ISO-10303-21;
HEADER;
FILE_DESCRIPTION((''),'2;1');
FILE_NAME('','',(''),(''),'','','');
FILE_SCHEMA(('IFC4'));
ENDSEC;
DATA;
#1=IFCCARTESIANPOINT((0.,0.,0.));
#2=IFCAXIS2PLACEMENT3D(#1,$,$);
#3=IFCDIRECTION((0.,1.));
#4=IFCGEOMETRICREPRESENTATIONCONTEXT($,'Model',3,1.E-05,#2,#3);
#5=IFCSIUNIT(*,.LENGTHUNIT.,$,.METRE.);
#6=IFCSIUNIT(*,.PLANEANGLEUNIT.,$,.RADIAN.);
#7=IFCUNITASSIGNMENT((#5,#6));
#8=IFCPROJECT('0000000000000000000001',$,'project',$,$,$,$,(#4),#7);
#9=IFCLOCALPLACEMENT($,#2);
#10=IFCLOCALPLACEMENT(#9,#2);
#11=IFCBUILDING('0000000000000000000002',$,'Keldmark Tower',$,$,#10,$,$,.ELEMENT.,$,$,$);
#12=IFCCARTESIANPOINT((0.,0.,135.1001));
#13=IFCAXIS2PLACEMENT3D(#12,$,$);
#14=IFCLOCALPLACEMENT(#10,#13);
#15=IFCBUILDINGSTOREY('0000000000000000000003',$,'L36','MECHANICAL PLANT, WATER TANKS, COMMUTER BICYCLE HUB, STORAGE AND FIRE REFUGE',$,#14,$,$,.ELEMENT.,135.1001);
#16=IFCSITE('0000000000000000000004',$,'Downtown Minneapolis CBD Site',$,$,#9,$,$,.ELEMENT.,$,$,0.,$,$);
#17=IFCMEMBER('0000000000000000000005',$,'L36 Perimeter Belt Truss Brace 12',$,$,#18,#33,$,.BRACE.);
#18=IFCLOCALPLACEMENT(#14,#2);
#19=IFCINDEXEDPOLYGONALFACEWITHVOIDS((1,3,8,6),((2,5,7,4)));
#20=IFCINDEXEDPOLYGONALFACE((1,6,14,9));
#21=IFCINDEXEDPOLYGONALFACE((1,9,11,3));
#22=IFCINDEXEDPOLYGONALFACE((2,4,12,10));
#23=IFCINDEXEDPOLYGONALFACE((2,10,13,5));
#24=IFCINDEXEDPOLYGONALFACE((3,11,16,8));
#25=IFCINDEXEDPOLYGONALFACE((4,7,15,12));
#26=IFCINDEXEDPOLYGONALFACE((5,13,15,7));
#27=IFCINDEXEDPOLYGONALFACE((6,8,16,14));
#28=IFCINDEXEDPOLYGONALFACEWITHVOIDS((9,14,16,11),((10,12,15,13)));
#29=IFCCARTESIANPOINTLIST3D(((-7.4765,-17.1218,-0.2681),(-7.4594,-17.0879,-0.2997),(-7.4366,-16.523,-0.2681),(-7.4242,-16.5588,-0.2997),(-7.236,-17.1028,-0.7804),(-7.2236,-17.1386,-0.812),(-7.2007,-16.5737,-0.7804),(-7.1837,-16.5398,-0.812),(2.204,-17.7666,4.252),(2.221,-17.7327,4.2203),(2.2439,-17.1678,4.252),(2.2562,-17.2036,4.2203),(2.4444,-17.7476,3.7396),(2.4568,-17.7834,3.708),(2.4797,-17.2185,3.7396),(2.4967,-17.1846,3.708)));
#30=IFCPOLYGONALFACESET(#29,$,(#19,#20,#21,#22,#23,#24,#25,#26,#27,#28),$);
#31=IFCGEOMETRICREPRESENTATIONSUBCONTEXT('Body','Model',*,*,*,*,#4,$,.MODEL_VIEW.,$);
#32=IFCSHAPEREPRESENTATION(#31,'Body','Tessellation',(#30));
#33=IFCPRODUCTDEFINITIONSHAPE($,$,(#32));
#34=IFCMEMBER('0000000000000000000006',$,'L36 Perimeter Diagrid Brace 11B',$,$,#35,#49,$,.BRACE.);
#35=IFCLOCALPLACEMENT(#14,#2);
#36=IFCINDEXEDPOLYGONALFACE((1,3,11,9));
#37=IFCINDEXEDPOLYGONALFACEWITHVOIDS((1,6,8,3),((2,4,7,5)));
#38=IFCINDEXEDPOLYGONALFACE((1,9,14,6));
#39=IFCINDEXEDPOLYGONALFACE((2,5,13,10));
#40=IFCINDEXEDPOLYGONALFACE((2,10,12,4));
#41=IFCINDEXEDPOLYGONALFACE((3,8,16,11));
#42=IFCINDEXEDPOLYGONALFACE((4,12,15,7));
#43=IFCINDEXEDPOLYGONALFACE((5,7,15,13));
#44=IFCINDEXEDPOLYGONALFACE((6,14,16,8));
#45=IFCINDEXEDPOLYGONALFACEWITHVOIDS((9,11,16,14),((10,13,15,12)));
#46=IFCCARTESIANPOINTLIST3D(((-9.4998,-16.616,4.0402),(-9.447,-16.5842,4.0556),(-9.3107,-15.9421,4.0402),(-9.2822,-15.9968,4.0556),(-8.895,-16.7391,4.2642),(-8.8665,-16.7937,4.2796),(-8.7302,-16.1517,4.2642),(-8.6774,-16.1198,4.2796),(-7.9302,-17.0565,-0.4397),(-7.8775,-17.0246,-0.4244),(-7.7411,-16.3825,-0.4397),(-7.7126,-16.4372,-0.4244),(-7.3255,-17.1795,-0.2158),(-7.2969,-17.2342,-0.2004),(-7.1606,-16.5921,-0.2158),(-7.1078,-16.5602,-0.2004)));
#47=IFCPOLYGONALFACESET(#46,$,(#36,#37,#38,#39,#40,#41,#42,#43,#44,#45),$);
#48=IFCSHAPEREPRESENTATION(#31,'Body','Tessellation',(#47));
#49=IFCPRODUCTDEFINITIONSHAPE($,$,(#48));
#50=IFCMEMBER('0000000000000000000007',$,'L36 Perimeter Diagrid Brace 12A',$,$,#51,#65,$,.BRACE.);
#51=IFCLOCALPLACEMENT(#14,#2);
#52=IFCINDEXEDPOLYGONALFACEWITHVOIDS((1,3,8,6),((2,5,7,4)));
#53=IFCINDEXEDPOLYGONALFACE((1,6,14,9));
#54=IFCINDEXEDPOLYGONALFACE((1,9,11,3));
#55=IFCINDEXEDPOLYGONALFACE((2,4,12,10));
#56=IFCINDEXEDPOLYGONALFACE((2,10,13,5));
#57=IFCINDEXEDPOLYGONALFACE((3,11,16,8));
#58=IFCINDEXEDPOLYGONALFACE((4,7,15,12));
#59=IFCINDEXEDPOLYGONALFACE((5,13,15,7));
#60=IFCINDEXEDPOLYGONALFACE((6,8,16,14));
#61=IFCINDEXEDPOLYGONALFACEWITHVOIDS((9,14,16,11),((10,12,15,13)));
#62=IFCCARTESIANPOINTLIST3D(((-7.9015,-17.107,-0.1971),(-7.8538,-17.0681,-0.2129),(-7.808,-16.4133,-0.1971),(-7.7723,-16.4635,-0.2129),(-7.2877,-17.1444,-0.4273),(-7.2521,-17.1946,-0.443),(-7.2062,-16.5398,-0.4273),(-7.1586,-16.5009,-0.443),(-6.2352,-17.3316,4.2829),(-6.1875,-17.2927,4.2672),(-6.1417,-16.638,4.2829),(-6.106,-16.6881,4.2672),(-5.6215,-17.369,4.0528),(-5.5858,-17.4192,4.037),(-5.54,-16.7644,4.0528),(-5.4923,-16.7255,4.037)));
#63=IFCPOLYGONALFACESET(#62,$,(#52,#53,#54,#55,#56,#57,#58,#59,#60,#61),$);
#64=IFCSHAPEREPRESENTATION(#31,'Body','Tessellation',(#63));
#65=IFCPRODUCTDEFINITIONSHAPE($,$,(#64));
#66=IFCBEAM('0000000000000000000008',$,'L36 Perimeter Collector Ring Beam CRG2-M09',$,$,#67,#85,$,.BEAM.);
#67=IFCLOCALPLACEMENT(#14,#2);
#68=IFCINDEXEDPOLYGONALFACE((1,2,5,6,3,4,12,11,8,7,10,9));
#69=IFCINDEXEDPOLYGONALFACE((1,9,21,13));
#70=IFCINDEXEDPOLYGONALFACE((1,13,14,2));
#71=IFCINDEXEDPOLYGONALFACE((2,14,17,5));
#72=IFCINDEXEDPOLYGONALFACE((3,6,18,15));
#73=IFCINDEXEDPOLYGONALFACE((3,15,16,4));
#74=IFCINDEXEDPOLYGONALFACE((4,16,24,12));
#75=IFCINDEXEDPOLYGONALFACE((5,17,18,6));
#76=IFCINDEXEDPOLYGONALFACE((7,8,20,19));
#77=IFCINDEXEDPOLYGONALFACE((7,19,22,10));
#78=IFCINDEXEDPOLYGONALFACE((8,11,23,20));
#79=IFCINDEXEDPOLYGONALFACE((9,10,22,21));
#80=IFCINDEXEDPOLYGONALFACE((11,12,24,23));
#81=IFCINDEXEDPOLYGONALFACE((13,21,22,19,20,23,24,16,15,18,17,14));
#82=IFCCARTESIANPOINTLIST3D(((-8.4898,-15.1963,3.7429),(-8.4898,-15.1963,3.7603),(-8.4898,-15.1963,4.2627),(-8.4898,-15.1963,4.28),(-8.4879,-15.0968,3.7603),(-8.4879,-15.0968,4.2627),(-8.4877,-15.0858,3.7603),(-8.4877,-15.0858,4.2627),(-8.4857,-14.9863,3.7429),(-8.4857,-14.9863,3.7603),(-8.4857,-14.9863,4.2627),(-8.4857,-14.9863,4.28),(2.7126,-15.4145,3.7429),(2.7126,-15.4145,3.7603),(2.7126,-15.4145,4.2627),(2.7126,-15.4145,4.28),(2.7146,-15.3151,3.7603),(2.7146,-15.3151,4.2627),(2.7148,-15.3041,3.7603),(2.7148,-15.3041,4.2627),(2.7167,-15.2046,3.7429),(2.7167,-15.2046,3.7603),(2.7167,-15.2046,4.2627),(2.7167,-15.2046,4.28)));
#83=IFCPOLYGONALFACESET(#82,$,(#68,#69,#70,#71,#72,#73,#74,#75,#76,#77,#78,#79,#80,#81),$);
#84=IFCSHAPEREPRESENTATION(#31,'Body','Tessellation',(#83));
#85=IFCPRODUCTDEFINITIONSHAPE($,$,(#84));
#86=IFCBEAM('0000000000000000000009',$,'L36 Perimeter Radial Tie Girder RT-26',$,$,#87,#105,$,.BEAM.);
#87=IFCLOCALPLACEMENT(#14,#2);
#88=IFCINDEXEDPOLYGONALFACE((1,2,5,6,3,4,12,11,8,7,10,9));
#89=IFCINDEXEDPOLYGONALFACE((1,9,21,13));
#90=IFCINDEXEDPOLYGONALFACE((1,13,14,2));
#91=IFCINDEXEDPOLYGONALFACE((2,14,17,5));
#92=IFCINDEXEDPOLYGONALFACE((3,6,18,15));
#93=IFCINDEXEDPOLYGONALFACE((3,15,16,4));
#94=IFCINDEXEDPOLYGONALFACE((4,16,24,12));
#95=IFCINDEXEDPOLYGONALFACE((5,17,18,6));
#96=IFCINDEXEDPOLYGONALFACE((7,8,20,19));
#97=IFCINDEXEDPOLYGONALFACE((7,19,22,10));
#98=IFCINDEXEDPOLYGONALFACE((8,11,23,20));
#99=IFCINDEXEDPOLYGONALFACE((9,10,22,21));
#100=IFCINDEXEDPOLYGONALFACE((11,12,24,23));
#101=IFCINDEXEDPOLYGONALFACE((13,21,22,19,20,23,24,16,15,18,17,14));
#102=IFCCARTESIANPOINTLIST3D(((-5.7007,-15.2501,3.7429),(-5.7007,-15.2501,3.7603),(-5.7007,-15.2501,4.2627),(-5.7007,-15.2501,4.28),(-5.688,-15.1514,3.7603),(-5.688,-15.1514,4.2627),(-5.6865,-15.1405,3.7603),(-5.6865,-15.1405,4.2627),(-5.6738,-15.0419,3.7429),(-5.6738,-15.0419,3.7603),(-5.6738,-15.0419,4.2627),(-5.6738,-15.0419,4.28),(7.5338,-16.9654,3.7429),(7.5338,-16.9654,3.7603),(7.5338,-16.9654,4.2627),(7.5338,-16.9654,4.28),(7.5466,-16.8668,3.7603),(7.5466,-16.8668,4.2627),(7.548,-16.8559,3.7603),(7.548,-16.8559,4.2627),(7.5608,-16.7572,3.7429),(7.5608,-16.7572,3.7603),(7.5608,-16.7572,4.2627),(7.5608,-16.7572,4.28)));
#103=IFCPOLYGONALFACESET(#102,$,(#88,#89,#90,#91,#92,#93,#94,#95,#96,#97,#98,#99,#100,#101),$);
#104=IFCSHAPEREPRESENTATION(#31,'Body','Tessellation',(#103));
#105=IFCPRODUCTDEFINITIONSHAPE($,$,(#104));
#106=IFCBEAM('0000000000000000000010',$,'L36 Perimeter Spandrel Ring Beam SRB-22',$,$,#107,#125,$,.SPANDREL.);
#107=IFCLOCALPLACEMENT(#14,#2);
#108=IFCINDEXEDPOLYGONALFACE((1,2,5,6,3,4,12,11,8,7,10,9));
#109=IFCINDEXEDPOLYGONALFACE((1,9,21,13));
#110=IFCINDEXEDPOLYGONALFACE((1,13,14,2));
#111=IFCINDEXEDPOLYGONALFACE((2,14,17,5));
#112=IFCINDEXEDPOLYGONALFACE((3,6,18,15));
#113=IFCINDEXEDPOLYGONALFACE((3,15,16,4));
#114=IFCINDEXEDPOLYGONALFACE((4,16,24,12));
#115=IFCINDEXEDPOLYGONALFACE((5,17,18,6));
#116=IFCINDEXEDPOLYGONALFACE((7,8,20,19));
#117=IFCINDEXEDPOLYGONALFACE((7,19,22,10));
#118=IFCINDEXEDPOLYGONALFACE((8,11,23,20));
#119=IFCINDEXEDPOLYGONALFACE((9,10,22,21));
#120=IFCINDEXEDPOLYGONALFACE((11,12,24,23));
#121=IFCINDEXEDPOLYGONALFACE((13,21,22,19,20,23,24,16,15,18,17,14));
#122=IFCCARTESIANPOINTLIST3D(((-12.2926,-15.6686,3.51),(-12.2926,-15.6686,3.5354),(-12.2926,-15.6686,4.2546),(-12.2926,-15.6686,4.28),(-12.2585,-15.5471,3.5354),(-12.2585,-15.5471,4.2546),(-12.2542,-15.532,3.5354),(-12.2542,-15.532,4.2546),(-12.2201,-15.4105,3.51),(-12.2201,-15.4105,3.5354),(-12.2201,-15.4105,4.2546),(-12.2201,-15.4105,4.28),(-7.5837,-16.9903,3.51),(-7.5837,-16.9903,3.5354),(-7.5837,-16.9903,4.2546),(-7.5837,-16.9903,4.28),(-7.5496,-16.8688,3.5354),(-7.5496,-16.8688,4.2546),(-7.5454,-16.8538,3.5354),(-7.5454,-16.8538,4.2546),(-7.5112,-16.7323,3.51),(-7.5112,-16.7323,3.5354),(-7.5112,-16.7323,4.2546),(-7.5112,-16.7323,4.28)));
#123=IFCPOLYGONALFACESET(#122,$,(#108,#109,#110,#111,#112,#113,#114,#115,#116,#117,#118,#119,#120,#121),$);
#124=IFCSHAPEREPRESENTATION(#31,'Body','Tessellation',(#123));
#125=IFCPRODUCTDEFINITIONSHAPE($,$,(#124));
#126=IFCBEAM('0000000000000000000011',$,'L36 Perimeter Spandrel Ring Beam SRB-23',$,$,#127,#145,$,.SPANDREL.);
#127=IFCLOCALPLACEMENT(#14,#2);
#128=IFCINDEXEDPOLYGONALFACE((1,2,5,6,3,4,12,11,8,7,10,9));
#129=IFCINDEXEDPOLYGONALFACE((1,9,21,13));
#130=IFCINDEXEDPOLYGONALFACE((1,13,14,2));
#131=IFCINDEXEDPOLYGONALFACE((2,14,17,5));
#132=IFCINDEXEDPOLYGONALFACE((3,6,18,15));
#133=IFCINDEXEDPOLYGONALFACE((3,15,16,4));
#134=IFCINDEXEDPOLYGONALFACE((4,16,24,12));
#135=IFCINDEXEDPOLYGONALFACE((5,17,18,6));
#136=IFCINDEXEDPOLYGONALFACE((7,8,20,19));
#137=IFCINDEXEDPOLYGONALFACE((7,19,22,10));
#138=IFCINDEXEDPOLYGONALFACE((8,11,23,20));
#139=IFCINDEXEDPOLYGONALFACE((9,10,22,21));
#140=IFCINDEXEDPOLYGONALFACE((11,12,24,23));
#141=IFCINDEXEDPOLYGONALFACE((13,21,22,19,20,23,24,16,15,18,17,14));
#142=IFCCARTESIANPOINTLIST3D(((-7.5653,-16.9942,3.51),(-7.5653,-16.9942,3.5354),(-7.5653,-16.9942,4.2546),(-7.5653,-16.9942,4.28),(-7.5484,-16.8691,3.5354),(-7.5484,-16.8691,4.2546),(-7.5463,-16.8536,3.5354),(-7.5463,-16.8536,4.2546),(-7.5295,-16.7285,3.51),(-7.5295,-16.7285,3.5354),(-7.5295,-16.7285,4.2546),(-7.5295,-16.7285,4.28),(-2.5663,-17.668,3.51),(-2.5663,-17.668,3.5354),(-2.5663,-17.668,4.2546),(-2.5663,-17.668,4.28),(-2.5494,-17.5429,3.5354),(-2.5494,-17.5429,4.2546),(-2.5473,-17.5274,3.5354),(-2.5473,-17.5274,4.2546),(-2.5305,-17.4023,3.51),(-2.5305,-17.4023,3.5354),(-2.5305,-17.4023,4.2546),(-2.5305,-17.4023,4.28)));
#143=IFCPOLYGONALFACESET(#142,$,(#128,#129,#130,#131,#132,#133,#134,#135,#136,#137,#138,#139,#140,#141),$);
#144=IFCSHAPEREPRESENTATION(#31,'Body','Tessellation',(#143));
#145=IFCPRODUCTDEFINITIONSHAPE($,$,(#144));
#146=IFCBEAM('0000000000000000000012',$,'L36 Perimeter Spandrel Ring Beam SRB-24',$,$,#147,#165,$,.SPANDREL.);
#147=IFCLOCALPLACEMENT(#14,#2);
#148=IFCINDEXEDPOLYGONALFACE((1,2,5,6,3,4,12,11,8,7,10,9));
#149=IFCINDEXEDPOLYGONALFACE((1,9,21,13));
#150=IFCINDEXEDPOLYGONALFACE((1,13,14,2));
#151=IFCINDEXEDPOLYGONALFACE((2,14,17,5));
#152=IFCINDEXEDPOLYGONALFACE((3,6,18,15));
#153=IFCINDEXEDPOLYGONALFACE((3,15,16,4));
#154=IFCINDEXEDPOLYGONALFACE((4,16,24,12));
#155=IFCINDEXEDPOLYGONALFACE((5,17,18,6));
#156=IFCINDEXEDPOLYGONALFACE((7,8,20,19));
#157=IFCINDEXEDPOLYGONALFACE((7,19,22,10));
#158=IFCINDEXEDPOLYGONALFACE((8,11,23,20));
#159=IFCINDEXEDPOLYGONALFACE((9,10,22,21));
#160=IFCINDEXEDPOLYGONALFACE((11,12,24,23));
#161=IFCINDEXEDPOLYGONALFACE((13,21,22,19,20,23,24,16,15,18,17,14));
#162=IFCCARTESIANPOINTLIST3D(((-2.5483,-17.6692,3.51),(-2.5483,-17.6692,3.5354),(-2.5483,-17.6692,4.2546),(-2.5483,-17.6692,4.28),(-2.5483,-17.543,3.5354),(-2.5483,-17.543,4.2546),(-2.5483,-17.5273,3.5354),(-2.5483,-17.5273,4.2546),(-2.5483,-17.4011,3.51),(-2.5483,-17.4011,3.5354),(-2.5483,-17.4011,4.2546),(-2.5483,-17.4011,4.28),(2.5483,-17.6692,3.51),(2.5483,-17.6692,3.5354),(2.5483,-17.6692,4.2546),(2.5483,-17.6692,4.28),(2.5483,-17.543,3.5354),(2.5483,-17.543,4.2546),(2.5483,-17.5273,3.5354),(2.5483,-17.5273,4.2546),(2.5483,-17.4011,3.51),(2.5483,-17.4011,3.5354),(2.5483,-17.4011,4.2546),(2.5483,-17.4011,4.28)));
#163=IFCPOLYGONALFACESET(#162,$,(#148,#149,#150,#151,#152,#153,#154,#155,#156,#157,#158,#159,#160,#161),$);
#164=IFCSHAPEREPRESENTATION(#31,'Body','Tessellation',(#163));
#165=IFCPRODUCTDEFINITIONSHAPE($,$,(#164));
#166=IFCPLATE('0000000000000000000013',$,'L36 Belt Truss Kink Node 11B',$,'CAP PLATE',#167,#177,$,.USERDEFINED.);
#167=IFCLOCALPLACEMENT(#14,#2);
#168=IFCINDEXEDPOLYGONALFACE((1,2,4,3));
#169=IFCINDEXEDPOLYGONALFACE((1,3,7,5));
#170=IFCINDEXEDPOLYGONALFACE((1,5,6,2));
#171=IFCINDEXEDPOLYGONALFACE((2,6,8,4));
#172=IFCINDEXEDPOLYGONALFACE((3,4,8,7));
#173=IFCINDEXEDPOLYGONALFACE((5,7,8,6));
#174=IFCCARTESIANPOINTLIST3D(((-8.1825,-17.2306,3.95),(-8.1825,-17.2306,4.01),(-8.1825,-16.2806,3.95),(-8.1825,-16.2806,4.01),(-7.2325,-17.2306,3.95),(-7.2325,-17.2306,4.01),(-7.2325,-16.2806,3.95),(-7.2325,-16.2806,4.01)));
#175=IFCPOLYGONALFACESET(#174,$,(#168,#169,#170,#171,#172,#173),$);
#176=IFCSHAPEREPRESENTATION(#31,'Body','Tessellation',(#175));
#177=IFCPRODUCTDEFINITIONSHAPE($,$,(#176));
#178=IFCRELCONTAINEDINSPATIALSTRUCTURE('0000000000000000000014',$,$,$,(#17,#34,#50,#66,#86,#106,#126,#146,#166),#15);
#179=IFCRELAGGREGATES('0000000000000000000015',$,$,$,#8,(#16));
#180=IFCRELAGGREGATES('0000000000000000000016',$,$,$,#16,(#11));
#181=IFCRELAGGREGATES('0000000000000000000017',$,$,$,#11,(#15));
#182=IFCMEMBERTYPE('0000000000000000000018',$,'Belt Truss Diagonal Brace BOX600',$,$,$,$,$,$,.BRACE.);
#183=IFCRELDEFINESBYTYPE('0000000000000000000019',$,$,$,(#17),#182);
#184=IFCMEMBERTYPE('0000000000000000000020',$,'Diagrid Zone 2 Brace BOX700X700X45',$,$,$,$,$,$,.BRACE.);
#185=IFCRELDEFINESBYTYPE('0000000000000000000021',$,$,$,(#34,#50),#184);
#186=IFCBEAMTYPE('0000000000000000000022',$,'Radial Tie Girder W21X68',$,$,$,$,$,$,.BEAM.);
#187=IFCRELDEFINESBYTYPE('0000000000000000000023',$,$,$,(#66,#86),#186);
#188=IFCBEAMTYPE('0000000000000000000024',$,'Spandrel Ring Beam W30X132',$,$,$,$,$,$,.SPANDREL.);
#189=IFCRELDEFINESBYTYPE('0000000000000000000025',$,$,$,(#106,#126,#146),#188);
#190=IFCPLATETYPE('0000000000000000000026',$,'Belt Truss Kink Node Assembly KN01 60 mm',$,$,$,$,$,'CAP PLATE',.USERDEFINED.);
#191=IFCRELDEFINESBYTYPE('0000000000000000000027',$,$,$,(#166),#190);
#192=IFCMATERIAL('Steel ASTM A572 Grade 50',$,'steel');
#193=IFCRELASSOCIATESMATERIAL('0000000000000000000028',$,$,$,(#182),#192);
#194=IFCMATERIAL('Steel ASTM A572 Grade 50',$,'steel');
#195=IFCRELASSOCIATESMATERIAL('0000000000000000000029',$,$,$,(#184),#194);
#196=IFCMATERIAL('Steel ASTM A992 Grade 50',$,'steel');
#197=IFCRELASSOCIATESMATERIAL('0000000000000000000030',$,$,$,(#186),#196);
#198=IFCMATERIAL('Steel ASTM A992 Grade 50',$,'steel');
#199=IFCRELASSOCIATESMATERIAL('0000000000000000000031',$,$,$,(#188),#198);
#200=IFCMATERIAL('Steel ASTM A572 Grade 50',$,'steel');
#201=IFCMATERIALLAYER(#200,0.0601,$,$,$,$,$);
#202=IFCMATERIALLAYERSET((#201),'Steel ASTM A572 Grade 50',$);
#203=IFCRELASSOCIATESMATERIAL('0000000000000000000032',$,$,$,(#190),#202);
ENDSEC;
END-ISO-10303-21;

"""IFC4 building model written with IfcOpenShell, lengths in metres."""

from ifc_helpers import new_model, si_unit, direction, frame, origin, origin_2d, place, context, subcontext, project, spatial, rectangle, hollow_rectangle, i_section, extrude, material, layer, layer_set, material_profile, profile_set, type_object, element, save


model = new_model("IFC4")

# Units and contexts
model_context = context("Model", 3, precision=1e-05, world=origin(), true_north=direction((0.0, 1.0)))
body_context = subcontext(model_context, "Body", "Model", "MODEL_VIEW")
ifc_project = project(units=[si_unit("LENGTHUNIT", "METRE"), si_unit("PLANEANGLEUNIT", "RADIAN")], contexts=[model_context])

# Site, building, storey
site_placement = place(None, origin())
site = spatial("IfcSite", under=ifc_project, at=site_placement, Name="Downtown Minneapolis CBD Site", CompositionType="ELEMENT", RefElevation=0.0)
building_placement = place(site_placement, origin())
building = spatial("IfcBuilding", under=site, at=building_placement, Name="Keldmark Tower", CompositionType="ELEMENT")
storey_placement = place(building_placement, frame((0.0, 0.0, 135.1001)))
storey = spatial("IfcBuildingStorey", under=building, at=storey_placement, Name="L36", Description="MECHANICAL PLANT, WATER TANKS, COMMUTER BICYCLE HUB, STORAGE AND FIRE REFUGE", CompositionType="ELEMENT", Elevation=135.1001)

# Members
ifc_material_1 = material(Name="Steel ASTM A572 Grade 50", Category="steel")
ifc_material_profile_1 = material_profile(ifc_material_1, hollow_rectangle(XDim=0.6001, YDim=0.6001, WallThickness=0.0349, at=origin_2d()), Name="BOX600X600X35")
ifc_profile_set_1 = profile_set([ifc_material_profile_1], Name="Steel ASTM A572 Grade 50")
member_type_1 = type_object("IfcMemberType", Name="Belt Truss Diagonal Brace BOX600", PredefinedType="BRACE", material=ifc_profile_set_1)
member_1_placement = place(storey_placement, frame((-7.3301, -16.8308, -0.54), z_axis=(0.904448, -0.060242, 0.422308), x_axis=(0.066459, 0.997789, 0.0)))
element("IfcMember", 1, at=member_1_placement, inside=storey, type_object=member_type_1, Name="L36 Perimeter Belt Truss Brace 12", PredefinedType="BRACE", context=body_context, shape_type="SweptSolid", body=[
    extrude(hollow_rectangle(XDim=0.6001, YDim=0.6001, WallThickness=0.0349, at=origin_2d()), origin(), (0.0, 0.0, 1.0), 10.7031),
])
ifc_material_2 = material(Name="Steel ASTM A572 Grade 50", Category="steel")
ifc_material_profile_2 = material_profile(ifc_material_2, hollow_rectangle(XDim=0.7, YDim=0.7, WallThickness=0.0449, at=origin_2d()), Name="BOX700X700X45")
ifc_profile_set_2 = profile_set([ifc_material_profile_2], Name="Steel ASTM A572 Grade 50")
member_type_2 = type_object("IfcMemberType", Name="Diagrid Zone 2 Brace BOX700X700X45", PredefinedType="BRACE", material=ifc_profile_set_2)
member_2_placement = place(storey_placement, frame((-7.519, -16.8083, -0.3201), z_axis=(-0.329234, 0.092384, 0.939718), x_axis=(-0.270169, -0.962813, 0.0)))
element("IfcMember", 2, at=member_2_placement, inside=storey, type_object=member_type_2, Name="L36 Perimeter Diagrid Brace 11B", PredefinedType="BRACE", context=body_context, shape_type="SweptSolid", body=[
    extrude(hollow_rectangle(XDim=0.7, YDim=0.7, WallThickness=0.0449, at=origin_2d()), origin(), (0.0, 0.0, 1.0), 4.7673),
])
member_3_placement = place(storey_placement, frame((-7.53, -16.804, -0.3201), z_axis=(0.348219, -0.046939, 0.936237), x_axis=(0.13359, 0.991037, 0.0)))
element("IfcMember", 3, at=member_3_placement, inside=storey, type_object=member_type_2, Name="L36 Perimeter Diagrid Brace 12A", PredefinedType="BRACE", context=body_context, shape_type="SweptSolid", body=[
    extrude(hollow_rectangle(XDim=0.7, YDim=0.7, WallThickness=0.0449, at=origin_2d()), origin(), (0.0, 0.0, 1.0), 4.7852),
])

# Beams
ifc_material_3 = material(Name="Steel ASTM A992 Grade 50", Category="steel")
ifc_material_profile_3 = material_profile(ifc_material_3, i_section(OverallWidth=0.21, OverallDepth=0.5371, WebThickness=0.011, FlangeThickness=0.0173, at=origin_2d()), Name="W21X68")
ifc_profile_set_3 = profile_set([ifc_material_profile_3], Name="Steel ASTM A992 Grade 50")
beam_type_1 = type_object("IfcBeamType", Name="Radial Tie Girder W21X68", PredefinedType="BEAM", material=ifc_profile_set_3)
beam_1_placement = place(storey_placement, frame((-8.4878, -15.0913, 4.0115), z_axis=(0.99981, -0.01948, 0.0), x_axis=(0.01948, 0.99981, 0.0)))
element("IfcBeam", 4, at=beam_1_placement, inside=storey, type_object=beam_type_1, Name="L36 Perimeter Collector Ring Beam CRG2-M09", PredefinedType="BEAM", context=body_context, shape_type="SweptSolid", body=[
    extrude(i_section(OverallWidth=0.21, OverallDepth=0.5371, WebThickness=0.011, FlangeThickness=0.0173, at=origin_2d()), origin(), (0.0, 0.0, 1.0), 11.2046),
])
beam_2_placement = place(storey_placement, frame((-5.6873, -15.146, 4.0115), z_axis=(0.991705, -0.128534, 0.0), x_axis=(0.128534, 0.991705, 0.0)))
element("IfcBeam", 5, at=beam_2_placement, inside=storey, type_object=beam_type_1, Name="L36 Perimeter Radial Tie Girder RT-26", PredefinedType="BEAM", context=body_context, shape_type="SweptSolid", body=[
    extrude(i_section(OverallWidth=0.21, OverallDepth=0.5371, WebThickness=0.011, FlangeThickness=0.0173, at=origin_2d()), origin(), (0.0, 0.0, 1.0), 13.3452),
])
ifc_material_4 = material(Name="Steel ASTM A992 Grade 50", Category="steel")
ifc_material_profile_4 = material_profile(ifc_material_4, i_section(OverallWidth=0.2681, OverallDepth=0.77, WebThickness=0.0156, FlangeThickness=0.0254, at=origin_2d()), Name="W30X132")
ifc_profile_set_4 = profile_set([ifc_material_profile_4], Name="Steel ASTM A992 Grade 50")
beam_type_2 = type_object("IfcBeamType", Name="Spandrel Ring Beam W30X132", PredefinedType="SPANDREL", material=ifc_profile_set_4)
beam_3_placement = place(storey_placement, frame((-12.2563, -15.5396, 3.895), z_axis=(0.962791, -0.270248, 0.0), x_axis=(0.270248, 0.962791, 0.0)))
element("IfcBeam", 6, at=beam_3_placement, inside=storey, type_object=beam_type_2, Name="L36 Perimeter Spandrel Ring Beam SRB-22", PredefinedType="SPANDREL", context=body_context, shape_type="SweptSolid", body=[
    extrude(i_section(OverallWidth=0.2681, OverallDepth=0.77, WebThickness=0.0156, FlangeThickness=0.0254, at=origin_2d()), origin(), (0.0, 0.0, 1.0), 4.8909),
])
beam_4_placement = place(storey_placement, frame((-7.5474, -16.8613, 3.895), z_axis=(0.991038, -0.133584, 0.0), x_axis=(0.133584, 0.991038, 0.0)))
element("IfcBeam", 7, at=beam_4_placement, inside=storey, type_object=beam_type_2, Name="L36 Perimeter Spandrel Ring Beam SRB-23", PredefinedType="SPANDREL", context=body_context, shape_type="SweptSolid", body=[
    extrude(i_section(OverallWidth=0.2681, OverallDepth=0.77, WebThickness=0.0156, FlangeThickness=0.0254, at=origin_2d()), origin(), (0.0, 0.0, 1.0), 5.0442),
])
beam_5_placement = place(storey_placement, frame((-2.5483, -17.5352, 3.895), z_axis=(1.0, 0.0, 0.0), x_axis=(0.0, 1.0, 0.0)))
element("IfcBeam", 8, at=beam_5_placement, inside=storey, type_object=beam_type_2, Name="L36 Perimeter Spandrel Ring Beam SRB-24", PredefinedType="SPANDREL", context=body_context, shape_type="SweptSolid", body=[
    extrude(i_section(OverallWidth=0.2681, OverallDepth=0.77, WebThickness=0.0156, FlangeThickness=0.0254, at=origin_2d()), origin(), (0.0, 0.0, 1.0), 5.0967),
])

# Plate
ifc_material_5 = material(Name="Steel ASTM A572 Grade 50", Category="steel")
ifc_layer_1 = layer(ifc_material_5, 0.0601)
ifc_layer_set_1 = layer_set([ifc_layer_1], Name="Steel ASTM A572 Grade 50")
plate_type_1 = type_object("IfcPlateType", Name="Belt Truss Kink Node Assembly KN01 60 mm", ElementType="CAP PLATE", PredefinedType="USERDEFINED", material=ifc_layer_set_1)
plate_placement = place(storey_placement, frame((-7.7075, -16.7556, 3.95), z_axis=(0.0, 0.0, 1.0), x_axis=(1.0, 0.0, 0.0)))
element("IfcPlate", 9, at=plate_placement, inside=storey, type_object=plate_type_1, Name="L36 Belt Truss Kink Node 11B", ObjectType="CAP PLATE", PredefinedType="USERDEFINED", context=body_context, shape_type="SweptSolid", body=[
    extrude(rectangle(XDim=0.95, YDim=0.95, at=origin_2d()), origin(), (0.0, 0.0, 1.0), 0.0601),
])

save(model, "model.ifc")
